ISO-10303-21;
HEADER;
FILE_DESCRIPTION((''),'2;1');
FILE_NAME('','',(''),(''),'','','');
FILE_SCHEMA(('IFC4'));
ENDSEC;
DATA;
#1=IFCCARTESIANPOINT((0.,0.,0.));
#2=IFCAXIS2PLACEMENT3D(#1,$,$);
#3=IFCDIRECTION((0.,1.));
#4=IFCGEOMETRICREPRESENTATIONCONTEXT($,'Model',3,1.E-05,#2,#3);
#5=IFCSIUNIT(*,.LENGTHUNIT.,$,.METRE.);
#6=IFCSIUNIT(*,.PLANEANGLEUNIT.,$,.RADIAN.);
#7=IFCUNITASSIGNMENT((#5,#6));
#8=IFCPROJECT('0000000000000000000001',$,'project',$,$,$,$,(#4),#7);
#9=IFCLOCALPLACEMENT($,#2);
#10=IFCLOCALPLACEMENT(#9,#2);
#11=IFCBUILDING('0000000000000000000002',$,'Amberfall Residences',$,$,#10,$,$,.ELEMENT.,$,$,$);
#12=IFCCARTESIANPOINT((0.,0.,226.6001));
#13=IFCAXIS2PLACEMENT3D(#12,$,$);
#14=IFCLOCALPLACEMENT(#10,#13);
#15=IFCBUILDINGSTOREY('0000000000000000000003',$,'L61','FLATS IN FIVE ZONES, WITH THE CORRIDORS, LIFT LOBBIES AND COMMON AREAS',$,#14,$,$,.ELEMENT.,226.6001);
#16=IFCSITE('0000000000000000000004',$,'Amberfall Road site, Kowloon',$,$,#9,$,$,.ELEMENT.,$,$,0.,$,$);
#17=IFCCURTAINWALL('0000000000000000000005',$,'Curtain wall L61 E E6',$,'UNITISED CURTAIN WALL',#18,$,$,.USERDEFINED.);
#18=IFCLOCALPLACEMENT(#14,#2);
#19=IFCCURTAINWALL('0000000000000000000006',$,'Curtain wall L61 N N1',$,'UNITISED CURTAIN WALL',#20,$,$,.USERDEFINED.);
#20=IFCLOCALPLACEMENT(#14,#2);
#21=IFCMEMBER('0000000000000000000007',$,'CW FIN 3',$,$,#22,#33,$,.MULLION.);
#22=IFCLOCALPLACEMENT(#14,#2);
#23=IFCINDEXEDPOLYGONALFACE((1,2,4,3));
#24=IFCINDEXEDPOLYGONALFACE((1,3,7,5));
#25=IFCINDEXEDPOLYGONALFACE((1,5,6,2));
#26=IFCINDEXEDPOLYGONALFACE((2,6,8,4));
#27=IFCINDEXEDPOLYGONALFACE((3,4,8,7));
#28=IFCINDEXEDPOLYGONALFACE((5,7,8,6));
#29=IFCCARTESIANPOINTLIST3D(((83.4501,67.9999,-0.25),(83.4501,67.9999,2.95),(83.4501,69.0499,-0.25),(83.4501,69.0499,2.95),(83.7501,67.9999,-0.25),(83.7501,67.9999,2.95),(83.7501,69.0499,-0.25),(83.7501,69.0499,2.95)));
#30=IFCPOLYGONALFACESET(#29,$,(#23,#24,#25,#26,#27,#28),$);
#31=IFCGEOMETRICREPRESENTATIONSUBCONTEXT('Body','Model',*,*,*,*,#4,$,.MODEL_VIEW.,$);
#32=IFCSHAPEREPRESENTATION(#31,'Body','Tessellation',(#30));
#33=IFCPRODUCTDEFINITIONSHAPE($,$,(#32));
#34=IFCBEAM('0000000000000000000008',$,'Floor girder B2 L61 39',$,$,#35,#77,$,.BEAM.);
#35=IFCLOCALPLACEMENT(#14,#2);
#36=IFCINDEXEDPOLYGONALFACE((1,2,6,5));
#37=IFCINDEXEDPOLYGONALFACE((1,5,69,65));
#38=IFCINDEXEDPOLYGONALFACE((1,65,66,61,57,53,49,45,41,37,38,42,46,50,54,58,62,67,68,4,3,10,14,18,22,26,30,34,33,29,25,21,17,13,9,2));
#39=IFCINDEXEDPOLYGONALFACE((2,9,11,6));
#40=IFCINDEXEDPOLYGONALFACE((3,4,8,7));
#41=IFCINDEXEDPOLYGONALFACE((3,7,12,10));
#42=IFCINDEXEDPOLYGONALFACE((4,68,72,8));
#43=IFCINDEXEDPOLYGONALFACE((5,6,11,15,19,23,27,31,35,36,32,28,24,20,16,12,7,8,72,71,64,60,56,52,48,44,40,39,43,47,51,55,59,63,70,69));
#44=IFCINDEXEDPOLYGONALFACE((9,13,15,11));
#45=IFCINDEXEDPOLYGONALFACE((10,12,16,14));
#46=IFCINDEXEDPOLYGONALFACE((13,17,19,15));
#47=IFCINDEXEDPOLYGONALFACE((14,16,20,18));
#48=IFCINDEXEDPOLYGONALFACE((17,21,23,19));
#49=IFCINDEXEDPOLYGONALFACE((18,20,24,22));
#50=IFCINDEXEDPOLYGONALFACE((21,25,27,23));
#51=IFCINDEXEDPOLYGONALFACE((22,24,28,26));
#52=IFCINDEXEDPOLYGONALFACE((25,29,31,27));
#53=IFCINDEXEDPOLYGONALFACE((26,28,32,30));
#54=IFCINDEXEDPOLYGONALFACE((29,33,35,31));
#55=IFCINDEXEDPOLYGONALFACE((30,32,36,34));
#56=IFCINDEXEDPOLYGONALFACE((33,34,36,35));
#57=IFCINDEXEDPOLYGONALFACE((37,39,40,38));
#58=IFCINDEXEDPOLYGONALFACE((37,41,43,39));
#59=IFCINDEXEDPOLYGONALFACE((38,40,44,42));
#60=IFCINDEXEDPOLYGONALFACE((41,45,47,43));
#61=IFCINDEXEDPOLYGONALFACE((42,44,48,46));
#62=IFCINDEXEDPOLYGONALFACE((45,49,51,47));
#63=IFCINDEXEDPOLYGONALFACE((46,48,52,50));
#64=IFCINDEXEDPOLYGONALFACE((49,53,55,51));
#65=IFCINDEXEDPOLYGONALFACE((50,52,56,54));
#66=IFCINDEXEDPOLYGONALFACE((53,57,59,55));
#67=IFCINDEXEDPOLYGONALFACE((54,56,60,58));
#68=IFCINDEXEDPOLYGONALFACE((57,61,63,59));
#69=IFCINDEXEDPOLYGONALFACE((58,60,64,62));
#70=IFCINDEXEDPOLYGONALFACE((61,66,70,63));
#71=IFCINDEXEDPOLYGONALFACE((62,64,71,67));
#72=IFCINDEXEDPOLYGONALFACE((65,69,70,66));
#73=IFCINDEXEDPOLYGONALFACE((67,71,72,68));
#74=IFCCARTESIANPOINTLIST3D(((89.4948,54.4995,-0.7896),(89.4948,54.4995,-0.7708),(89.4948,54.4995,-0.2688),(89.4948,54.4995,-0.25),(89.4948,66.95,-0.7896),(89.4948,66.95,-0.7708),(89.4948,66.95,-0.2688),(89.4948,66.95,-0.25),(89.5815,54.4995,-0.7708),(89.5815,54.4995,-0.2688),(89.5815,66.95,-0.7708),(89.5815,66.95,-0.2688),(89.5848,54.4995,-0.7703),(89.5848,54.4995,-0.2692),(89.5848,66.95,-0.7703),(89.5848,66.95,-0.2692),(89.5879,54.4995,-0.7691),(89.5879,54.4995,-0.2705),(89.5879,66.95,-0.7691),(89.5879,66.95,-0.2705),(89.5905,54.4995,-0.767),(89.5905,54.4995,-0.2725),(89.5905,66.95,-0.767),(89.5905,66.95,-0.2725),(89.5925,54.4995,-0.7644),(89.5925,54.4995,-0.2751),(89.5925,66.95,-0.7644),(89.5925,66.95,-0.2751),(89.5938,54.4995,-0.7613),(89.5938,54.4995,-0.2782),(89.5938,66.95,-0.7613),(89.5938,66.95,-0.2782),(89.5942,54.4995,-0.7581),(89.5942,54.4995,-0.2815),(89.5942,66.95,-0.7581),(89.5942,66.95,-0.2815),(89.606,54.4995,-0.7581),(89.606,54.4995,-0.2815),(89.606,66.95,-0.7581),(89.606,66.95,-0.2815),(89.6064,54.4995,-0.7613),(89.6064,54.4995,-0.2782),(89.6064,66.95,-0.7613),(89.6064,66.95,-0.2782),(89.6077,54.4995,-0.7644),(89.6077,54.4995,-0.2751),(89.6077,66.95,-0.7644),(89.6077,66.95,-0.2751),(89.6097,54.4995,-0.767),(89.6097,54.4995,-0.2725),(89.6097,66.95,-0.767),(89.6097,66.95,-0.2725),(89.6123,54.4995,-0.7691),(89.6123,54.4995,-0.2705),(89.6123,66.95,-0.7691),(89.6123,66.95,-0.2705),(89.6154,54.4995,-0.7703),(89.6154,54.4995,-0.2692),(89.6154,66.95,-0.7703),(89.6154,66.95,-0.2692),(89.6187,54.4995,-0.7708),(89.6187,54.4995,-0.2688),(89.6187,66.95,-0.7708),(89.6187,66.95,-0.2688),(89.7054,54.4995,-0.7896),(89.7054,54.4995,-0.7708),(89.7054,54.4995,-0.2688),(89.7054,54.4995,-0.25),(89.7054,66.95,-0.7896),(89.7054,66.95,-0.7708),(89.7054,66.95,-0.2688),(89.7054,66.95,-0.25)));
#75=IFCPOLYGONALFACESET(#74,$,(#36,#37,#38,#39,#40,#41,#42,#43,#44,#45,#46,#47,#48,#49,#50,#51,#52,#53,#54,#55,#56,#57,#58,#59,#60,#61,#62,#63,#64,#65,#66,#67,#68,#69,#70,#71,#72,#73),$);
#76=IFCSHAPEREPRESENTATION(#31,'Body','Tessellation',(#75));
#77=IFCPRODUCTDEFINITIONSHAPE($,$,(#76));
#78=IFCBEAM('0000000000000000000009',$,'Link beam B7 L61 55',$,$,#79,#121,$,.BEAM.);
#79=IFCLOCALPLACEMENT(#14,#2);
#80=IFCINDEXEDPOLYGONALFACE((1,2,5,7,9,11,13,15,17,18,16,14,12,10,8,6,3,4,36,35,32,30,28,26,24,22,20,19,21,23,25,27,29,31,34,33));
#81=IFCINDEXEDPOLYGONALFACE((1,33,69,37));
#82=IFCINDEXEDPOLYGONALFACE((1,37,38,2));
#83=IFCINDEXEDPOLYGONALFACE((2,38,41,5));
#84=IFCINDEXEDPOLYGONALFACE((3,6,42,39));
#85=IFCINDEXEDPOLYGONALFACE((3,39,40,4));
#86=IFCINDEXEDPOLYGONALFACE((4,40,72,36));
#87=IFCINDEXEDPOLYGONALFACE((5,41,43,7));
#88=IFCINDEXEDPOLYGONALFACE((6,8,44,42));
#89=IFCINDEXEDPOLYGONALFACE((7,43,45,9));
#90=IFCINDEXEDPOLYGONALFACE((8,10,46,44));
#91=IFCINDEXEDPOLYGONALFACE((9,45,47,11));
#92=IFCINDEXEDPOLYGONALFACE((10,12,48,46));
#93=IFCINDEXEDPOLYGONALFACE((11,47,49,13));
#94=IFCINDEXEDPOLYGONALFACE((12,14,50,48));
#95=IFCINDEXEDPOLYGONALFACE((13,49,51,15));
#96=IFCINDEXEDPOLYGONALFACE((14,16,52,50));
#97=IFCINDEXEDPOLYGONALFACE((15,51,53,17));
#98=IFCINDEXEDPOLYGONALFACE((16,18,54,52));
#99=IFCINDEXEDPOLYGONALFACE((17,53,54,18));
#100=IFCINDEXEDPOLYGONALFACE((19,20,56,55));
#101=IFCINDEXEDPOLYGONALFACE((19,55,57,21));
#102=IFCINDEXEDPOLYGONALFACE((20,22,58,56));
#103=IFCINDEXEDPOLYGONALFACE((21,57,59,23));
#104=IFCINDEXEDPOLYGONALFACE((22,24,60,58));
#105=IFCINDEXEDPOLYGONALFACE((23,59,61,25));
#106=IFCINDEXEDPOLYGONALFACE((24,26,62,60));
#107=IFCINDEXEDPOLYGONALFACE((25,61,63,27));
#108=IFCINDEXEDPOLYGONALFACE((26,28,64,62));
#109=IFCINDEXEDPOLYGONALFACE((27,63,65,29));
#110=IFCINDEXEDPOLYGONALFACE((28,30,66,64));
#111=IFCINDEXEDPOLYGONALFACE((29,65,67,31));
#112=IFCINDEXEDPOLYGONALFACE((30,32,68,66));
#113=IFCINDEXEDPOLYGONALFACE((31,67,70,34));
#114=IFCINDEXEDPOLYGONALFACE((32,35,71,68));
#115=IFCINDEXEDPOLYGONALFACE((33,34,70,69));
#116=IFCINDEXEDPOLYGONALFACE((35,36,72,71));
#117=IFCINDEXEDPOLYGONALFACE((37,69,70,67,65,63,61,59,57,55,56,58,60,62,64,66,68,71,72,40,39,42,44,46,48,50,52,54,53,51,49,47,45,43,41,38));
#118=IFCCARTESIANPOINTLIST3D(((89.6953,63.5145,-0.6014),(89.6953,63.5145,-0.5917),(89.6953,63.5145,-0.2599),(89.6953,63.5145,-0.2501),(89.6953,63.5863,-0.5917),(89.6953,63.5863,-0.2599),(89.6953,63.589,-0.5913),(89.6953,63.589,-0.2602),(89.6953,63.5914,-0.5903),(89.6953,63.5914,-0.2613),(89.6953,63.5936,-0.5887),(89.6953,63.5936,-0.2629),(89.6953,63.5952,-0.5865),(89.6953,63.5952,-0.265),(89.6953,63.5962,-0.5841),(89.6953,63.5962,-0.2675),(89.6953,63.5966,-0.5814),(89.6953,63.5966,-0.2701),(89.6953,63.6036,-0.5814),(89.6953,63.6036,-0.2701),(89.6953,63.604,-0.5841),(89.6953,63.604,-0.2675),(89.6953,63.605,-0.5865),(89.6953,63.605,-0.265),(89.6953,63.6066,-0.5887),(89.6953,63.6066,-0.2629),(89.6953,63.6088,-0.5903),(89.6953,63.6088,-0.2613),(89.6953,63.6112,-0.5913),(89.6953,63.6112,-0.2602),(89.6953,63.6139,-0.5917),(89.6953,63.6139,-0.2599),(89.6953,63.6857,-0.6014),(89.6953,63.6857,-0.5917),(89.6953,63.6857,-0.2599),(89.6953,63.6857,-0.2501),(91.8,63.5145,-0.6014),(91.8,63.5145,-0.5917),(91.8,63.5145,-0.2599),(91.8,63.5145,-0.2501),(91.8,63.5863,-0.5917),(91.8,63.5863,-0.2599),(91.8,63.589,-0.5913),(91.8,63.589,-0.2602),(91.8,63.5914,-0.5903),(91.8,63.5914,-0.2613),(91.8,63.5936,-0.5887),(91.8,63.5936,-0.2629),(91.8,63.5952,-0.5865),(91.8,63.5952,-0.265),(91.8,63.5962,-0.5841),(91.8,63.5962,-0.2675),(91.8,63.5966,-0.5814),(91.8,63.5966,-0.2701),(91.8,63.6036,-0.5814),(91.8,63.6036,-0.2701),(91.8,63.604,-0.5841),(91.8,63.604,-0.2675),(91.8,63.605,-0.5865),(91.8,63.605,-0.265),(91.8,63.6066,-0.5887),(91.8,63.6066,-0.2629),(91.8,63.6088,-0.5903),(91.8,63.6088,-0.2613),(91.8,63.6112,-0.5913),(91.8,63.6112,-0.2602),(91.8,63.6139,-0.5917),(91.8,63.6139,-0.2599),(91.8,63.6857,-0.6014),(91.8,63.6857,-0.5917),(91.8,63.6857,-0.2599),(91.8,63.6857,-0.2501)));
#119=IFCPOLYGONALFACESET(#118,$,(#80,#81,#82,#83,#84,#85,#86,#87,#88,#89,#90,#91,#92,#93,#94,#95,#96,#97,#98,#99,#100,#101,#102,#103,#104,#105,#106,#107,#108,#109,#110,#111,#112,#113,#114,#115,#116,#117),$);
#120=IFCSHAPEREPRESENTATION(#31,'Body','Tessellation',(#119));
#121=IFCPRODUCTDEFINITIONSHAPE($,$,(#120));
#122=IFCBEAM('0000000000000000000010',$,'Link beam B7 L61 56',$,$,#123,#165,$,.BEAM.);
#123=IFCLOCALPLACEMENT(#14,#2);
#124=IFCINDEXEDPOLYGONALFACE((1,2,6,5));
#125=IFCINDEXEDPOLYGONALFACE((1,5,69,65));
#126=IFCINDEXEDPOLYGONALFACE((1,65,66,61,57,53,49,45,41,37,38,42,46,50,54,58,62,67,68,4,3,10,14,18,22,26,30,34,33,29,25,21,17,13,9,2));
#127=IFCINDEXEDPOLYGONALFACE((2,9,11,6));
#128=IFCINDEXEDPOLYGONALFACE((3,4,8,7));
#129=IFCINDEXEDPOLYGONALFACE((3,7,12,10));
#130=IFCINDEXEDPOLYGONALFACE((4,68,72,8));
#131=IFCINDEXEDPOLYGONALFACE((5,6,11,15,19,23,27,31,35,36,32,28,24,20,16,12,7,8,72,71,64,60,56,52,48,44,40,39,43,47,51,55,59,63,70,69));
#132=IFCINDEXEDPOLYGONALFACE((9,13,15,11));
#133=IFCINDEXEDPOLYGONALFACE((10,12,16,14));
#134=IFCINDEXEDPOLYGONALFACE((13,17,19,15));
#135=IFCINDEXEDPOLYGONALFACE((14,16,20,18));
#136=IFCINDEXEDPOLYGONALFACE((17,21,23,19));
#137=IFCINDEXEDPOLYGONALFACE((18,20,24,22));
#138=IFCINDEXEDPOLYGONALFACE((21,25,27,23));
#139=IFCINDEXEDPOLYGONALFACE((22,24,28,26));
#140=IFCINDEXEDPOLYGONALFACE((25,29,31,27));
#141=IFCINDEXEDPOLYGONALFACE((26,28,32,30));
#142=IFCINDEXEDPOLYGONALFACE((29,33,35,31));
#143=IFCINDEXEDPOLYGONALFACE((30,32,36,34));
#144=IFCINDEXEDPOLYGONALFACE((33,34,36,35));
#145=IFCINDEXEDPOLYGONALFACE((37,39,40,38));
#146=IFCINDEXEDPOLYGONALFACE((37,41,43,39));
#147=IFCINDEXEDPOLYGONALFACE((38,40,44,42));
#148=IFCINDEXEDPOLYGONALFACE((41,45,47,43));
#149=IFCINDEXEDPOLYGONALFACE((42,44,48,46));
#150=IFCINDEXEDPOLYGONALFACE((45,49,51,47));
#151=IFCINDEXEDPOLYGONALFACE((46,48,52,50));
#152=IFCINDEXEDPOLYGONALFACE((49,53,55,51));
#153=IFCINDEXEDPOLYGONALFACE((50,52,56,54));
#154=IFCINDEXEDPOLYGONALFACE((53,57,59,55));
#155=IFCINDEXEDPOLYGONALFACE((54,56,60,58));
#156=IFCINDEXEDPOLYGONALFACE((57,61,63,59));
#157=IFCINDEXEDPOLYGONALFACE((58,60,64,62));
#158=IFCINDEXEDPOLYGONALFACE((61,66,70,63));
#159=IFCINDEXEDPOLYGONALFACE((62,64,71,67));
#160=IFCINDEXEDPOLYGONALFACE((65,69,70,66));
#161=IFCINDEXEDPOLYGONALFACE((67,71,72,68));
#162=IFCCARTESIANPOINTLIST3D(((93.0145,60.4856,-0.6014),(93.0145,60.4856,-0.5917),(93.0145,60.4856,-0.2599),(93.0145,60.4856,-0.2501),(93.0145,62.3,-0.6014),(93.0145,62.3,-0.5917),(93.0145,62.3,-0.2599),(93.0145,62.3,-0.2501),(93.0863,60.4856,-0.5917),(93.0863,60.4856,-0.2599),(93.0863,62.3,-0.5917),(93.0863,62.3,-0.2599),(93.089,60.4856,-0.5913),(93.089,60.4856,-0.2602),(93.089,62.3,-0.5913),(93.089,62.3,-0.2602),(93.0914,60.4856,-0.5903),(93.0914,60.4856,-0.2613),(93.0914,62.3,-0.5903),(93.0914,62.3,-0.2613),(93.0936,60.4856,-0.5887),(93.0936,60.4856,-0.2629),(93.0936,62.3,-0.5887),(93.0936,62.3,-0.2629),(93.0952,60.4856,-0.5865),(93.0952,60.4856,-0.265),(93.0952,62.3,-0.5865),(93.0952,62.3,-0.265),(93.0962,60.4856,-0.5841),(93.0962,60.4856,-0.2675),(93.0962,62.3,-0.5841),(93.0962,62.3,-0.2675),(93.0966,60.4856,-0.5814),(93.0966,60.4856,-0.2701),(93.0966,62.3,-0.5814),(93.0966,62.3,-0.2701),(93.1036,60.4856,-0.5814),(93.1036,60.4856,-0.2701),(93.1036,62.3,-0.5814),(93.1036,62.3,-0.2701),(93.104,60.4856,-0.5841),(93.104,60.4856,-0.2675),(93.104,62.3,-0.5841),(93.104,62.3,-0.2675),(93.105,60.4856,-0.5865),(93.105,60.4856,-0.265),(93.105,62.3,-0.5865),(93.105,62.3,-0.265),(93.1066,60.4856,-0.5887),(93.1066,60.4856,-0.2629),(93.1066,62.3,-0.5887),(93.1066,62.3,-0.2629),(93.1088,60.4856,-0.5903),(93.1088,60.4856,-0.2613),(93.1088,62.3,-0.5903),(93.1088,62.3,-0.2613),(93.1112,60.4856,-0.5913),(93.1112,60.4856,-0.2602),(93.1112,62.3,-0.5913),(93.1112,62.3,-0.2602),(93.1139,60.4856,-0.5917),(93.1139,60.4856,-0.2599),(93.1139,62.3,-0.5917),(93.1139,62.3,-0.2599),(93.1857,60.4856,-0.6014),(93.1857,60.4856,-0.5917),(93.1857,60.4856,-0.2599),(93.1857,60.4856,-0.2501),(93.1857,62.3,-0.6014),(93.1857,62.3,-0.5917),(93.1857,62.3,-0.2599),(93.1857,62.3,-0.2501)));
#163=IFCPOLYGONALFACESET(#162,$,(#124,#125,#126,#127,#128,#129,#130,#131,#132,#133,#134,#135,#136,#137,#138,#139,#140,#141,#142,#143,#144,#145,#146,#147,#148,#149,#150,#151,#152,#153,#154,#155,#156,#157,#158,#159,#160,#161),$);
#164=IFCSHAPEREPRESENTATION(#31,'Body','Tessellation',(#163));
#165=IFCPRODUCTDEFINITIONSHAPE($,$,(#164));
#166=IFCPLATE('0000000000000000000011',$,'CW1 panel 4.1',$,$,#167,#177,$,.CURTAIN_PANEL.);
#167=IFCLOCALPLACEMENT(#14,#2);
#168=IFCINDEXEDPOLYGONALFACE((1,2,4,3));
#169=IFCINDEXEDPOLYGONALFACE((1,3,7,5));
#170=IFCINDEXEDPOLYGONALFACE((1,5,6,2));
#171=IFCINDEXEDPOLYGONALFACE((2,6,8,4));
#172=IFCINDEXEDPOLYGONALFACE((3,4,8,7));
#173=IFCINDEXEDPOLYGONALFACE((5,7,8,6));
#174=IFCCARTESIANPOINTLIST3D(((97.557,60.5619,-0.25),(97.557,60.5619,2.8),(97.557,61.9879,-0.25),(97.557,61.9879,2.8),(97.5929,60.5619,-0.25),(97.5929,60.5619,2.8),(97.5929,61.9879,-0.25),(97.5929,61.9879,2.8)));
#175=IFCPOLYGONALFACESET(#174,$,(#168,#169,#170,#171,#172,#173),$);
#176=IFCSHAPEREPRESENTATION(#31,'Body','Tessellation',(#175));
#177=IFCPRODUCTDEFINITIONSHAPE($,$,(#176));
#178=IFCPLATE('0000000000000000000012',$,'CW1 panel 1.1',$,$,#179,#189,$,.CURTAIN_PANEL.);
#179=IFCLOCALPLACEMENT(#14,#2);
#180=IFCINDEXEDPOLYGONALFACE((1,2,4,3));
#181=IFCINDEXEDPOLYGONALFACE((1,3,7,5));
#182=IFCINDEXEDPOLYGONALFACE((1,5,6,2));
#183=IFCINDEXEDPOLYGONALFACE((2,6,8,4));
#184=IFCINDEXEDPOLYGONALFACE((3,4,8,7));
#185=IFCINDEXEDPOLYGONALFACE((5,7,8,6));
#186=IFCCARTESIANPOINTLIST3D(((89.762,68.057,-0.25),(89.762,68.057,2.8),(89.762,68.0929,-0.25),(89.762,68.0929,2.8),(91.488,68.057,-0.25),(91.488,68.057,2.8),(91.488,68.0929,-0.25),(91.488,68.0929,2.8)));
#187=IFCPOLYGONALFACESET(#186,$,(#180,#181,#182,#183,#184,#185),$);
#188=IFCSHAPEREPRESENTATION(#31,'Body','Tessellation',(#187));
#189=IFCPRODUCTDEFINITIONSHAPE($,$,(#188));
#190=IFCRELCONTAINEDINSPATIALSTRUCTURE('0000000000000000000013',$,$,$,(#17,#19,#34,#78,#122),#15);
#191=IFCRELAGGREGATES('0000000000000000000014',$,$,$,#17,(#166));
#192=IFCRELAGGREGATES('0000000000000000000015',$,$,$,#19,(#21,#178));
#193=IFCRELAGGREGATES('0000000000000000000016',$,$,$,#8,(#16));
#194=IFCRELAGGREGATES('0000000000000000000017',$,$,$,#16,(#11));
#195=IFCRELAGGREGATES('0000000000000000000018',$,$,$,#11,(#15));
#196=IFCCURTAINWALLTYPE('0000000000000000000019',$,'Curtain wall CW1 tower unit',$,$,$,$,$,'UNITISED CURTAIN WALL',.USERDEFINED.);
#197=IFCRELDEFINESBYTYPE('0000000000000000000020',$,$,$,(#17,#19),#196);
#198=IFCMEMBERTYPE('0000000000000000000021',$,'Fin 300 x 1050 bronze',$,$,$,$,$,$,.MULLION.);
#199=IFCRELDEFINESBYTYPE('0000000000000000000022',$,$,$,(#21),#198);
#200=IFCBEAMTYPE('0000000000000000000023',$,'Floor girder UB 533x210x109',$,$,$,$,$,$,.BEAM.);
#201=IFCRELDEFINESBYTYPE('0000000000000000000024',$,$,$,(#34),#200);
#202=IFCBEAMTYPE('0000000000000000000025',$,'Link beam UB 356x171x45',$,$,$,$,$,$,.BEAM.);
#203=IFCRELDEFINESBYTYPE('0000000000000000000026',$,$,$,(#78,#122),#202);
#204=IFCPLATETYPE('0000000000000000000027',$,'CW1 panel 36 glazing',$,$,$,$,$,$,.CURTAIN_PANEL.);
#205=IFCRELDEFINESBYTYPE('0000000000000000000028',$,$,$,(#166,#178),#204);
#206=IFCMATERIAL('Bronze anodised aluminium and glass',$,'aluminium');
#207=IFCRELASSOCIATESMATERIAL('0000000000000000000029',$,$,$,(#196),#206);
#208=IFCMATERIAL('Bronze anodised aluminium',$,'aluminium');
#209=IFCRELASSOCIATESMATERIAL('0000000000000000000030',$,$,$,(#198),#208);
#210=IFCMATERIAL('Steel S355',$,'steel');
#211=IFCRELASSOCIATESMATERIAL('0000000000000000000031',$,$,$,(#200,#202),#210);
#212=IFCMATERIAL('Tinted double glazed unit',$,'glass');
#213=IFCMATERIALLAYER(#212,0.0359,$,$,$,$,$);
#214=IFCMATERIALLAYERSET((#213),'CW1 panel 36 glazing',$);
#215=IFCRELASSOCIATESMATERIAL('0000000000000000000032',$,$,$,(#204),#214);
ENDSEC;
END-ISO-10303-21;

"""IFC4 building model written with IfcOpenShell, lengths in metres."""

from ifc_helpers import new_model, si_unit, direction, frame, origin, origin_2d, place, context, subcontext, project, spatial, rectangle, i_section, extrude, material, layer, layer_set, material_profile, profile_set, type_object, element, aggregate, save


model = new_model("IFC4")

# Units and contexts
model_context = context("Model", 3, precision=1e-05, world=origin(), true_north=direction((0.0, 1.0)))
body_context = subcontext(model_context, "Body", "Model", "MODEL_VIEW")
ifc_project = project(units=[si_unit("LENGTHUNIT", "METRE"), si_unit("PLANEANGLEUNIT", "RADIAN")], contexts=[model_context])

# Site, building, storey
site_placement = place(None, origin())
site = spatial("IfcSite", under=ifc_project, at=site_placement, Name="Amberfall Road site, Kowloon", CompositionType="ELEMENT", RefElevation=0.0)
building_placement = place(site_placement, origin())
building = spatial("IfcBuilding", under=site, at=building_placement, Name="Amberfall Residences", CompositionType="ELEMENT")
storey_placement = place(building_placement, frame((0.0, 0.0, 226.6001)))
storey = spatial("IfcBuildingStorey", under=building, at=storey_placement, Name="L61", Description="FLATS IN FIVE ZONES, WITH THE CORRIDORS, LIFT LOBBIES AND COMMON AREAS", CompositionType="ELEMENT", Elevation=226.6001)

# Curtain wall
ifc_material_1 = material(Name="Bronze anodised aluminium and glass", Category="aluminium")
curtain_wall_type = type_object("IfcCurtainWallType", Name="Curtain wall CW1 tower unit", ElementType="UNITISED CURTAIN WALL", PredefinedType="USERDEFINED", material=ifc_material_1)
curtain_wall_1_placement = place(storey_placement, origin())
curtain_wall_1 = element("IfcCurtainWall", 1, at=curtain_wall_1_placement, inside=storey, type_object=curtain_wall_type, Name="Curtain wall L61 E E6", ObjectType="UNITISED CURTAIN WALL", PredefinedType="USERDEFINED")
ifc_material_2 = material(Name="Bronze anodised aluminium", Category="aluminium")

# Curtain wall
curtain_wall_2_placement = place(storey_placement, origin())
curtain_wall_2 = element("IfcCurtainWall", 2, at=curtain_wall_2_placement, inside=storey, type_object=curtain_wall_type, Name="Curtain wall L61 N N1", ObjectType="UNITISED CURTAIN WALL", PredefinedType="USERDEFINED")

# Shared definitions
ifc_material_3 = material(Name="Steel S355", Category="steel")

# Member
ifc_material_profile_1 = material_profile(ifc_material_2, rectangle(XDim=1.05, YDim=0.3, at=origin_2d()), Name="Fin 300 x 1050 bronze")
ifc_profile_set_1 = profile_set([ifc_material_profile_1], Name="Bronze anodised aluminium")
member_type_1 = type_object("IfcMemberType", Name="Fin 300 x 1050 bronze", PredefinedType="MULLION", material=ifc_profile_set_1)
member_1_placement = place(storey_placement, frame((83.6001, 68.5249, -0.25), z_axis=(0.0, 0.0, 1.0), x_axis=(0.0, -1.0, 0.0)))
member_1 = element("IfcMember", 3, at=member_1_placement, type_object=member_type_1, Name="CW FIN 3", PredefinedType="MULLION", context=body_context, shape_type="SweptSolid", body=[
    extrude(rectangle(XDim=1.05, YDim=0.3, at=origin_2d()), origin(), (0.0, 0.0, 1.0), 3.2),
])

# Beams
ifc_material_profile_2 = material_profile(ifc_material_3, i_section(OverallWidth=0.2107, OverallDepth=0.5396, WebThickness=0.0117, FlangeThickness=0.0188, FilletRadius=0.0127, at=origin_2d()), Name="UB 533x210x109")
ifc_profile_set_2 = profile_set([ifc_material_profile_2], Name="Steel S355")
beam_type_1 = type_object("IfcBeamType", Name="Floor girder UB 533x210x109", PredefinedType="BEAM", material=ifc_profile_set_2)
beam_1_placement = place(storey_placement, frame((89.6001, 66.95, -0.5198), z_axis=(0.0, -1.0, 0.0), x_axis=(1.0, 0.0, 0.0)))
element("IfcBeam", 4, at=beam_1_placement, inside=storey, type_object=beam_type_1, Name="Floor girder B2 L61 39", PredefinedType="BEAM", context=body_context, shape_type="SweptSolid", body=[
    extrude(i_section(OverallWidth=0.2107, OverallDepth=0.5396, WebThickness=0.0117, FlangeThickness=0.0188, FilletRadius=0.0127, at=origin_2d()), origin(), (0.0, 0.0, 1.0), 12.4504),
])
ifc_material_profile_3 = material_profile(ifc_material_3, i_section(OverallWidth=0.1711, OverallDepth=0.3513, WebThickness=0.0071, FlangeThickness=0.0098, FilletRadius=0.0103, at=origin_2d()), Name="UB 356x171x45")
ifc_profile_set_3 = profile_set([ifc_material_profile_3], Name="Steel S355")
beam_type_2 = type_object("IfcBeamType", Name="Link beam UB 356x171x45", PredefinedType="BEAM", material=ifc_profile_set_3)
beam_2_placement = place(storey_placement, frame((91.8, 63.6001, -0.4258), z_axis=(-1.0, 0.0, 0.0), x_axis=(0.0, -1.0, 0.0)))
element("IfcBeam", 5, at=beam_2_placement, inside=storey, type_object=beam_type_2, Name="Link beam B7 L61 55", PredefinedType="BEAM", context=body_context, shape_type="SweptSolid", body=[
    extrude(i_section(OverallWidth=0.1711, OverallDepth=0.3513, WebThickness=0.0071, FlangeThickness=0.0098, FilletRadius=0.0103, at=origin_2d()), origin(), (0.0, 0.0, 1.0), 2.1047),
])
beam_3_placement = place(storey_placement, frame((93.1001, 62.3, -0.4258), z_axis=(0.0, -1.0, 0.0), x_axis=(1.0, 0.0, 0.0)))
element("IfcBeam", 6, at=beam_3_placement, inside=storey, type_object=beam_type_2, Name="Link beam B7 L61 56", PredefinedType="BEAM", context=body_context, shape_type="SweptSolid", body=[
    extrude(i_section(OverallWidth=0.1711, OverallDepth=0.3513, WebThickness=0.0071, FlangeThickness=0.0098, FilletRadius=0.0103, at=origin_2d()), origin(), (0.0, 0.0, 1.0), 1.8145),
])

# Plates
ifc_material_4 = material(Name="Tinted double glazed unit", Category="glass")
ifc_layer_1 = layer(ifc_material_4, 0.0359)
ifc_layer_set_1 = layer_set([ifc_layer_1], Name="CW1 panel 36 glazing")
plate_type = type_object("IfcPlateType", Name="CW1 panel 36 glazing", PredefinedType="CURTAIN_PANEL", material=ifc_layer_set_1)
plate_1_placement = place(storey_placement, frame((97.575, 61.2749, -0.25), z_axis=(0.0, 0.0, 1.0), x_axis=(0.0, 1.0, 0.0)))
plate_1 = element("IfcPlate", 7, at=plate_1_placement, type_object=plate_type, Name="CW1 panel 4.1", PredefinedType="CURTAIN_PANEL", context=body_context, shape_type="SweptSolid", body=[
    extrude(rectangle(XDim=1.426, YDim=0.0359, at=origin_2d()), origin(), (0.0, 0.0, 1.0), 3.05),
])
aggregate(curtain_wall_1, [plate_1])
plate_2_placement = place(storey_placement, frame((90.625, 68.075, -0.25), z_axis=(0.0, 0.0, 1.0), x_axis=(-1.0, 0.0, 0.0)))
plate_2 = element("IfcPlate", 8, at=plate_2_placement, type_object=plate_type, Name="CW1 panel 1.1", PredefinedType="CURTAIN_PANEL", context=body_context, shape_type="SweptSolid", body=[
    extrude(rectangle(XDim=1.7261, YDim=0.0359, at=origin_2d()), origin(), (0.0, 0.0, 1.0), 3.05),
])
aggregate(curtain_wall_2, [member_1, plate_2])

save(model, "model.ifc")
